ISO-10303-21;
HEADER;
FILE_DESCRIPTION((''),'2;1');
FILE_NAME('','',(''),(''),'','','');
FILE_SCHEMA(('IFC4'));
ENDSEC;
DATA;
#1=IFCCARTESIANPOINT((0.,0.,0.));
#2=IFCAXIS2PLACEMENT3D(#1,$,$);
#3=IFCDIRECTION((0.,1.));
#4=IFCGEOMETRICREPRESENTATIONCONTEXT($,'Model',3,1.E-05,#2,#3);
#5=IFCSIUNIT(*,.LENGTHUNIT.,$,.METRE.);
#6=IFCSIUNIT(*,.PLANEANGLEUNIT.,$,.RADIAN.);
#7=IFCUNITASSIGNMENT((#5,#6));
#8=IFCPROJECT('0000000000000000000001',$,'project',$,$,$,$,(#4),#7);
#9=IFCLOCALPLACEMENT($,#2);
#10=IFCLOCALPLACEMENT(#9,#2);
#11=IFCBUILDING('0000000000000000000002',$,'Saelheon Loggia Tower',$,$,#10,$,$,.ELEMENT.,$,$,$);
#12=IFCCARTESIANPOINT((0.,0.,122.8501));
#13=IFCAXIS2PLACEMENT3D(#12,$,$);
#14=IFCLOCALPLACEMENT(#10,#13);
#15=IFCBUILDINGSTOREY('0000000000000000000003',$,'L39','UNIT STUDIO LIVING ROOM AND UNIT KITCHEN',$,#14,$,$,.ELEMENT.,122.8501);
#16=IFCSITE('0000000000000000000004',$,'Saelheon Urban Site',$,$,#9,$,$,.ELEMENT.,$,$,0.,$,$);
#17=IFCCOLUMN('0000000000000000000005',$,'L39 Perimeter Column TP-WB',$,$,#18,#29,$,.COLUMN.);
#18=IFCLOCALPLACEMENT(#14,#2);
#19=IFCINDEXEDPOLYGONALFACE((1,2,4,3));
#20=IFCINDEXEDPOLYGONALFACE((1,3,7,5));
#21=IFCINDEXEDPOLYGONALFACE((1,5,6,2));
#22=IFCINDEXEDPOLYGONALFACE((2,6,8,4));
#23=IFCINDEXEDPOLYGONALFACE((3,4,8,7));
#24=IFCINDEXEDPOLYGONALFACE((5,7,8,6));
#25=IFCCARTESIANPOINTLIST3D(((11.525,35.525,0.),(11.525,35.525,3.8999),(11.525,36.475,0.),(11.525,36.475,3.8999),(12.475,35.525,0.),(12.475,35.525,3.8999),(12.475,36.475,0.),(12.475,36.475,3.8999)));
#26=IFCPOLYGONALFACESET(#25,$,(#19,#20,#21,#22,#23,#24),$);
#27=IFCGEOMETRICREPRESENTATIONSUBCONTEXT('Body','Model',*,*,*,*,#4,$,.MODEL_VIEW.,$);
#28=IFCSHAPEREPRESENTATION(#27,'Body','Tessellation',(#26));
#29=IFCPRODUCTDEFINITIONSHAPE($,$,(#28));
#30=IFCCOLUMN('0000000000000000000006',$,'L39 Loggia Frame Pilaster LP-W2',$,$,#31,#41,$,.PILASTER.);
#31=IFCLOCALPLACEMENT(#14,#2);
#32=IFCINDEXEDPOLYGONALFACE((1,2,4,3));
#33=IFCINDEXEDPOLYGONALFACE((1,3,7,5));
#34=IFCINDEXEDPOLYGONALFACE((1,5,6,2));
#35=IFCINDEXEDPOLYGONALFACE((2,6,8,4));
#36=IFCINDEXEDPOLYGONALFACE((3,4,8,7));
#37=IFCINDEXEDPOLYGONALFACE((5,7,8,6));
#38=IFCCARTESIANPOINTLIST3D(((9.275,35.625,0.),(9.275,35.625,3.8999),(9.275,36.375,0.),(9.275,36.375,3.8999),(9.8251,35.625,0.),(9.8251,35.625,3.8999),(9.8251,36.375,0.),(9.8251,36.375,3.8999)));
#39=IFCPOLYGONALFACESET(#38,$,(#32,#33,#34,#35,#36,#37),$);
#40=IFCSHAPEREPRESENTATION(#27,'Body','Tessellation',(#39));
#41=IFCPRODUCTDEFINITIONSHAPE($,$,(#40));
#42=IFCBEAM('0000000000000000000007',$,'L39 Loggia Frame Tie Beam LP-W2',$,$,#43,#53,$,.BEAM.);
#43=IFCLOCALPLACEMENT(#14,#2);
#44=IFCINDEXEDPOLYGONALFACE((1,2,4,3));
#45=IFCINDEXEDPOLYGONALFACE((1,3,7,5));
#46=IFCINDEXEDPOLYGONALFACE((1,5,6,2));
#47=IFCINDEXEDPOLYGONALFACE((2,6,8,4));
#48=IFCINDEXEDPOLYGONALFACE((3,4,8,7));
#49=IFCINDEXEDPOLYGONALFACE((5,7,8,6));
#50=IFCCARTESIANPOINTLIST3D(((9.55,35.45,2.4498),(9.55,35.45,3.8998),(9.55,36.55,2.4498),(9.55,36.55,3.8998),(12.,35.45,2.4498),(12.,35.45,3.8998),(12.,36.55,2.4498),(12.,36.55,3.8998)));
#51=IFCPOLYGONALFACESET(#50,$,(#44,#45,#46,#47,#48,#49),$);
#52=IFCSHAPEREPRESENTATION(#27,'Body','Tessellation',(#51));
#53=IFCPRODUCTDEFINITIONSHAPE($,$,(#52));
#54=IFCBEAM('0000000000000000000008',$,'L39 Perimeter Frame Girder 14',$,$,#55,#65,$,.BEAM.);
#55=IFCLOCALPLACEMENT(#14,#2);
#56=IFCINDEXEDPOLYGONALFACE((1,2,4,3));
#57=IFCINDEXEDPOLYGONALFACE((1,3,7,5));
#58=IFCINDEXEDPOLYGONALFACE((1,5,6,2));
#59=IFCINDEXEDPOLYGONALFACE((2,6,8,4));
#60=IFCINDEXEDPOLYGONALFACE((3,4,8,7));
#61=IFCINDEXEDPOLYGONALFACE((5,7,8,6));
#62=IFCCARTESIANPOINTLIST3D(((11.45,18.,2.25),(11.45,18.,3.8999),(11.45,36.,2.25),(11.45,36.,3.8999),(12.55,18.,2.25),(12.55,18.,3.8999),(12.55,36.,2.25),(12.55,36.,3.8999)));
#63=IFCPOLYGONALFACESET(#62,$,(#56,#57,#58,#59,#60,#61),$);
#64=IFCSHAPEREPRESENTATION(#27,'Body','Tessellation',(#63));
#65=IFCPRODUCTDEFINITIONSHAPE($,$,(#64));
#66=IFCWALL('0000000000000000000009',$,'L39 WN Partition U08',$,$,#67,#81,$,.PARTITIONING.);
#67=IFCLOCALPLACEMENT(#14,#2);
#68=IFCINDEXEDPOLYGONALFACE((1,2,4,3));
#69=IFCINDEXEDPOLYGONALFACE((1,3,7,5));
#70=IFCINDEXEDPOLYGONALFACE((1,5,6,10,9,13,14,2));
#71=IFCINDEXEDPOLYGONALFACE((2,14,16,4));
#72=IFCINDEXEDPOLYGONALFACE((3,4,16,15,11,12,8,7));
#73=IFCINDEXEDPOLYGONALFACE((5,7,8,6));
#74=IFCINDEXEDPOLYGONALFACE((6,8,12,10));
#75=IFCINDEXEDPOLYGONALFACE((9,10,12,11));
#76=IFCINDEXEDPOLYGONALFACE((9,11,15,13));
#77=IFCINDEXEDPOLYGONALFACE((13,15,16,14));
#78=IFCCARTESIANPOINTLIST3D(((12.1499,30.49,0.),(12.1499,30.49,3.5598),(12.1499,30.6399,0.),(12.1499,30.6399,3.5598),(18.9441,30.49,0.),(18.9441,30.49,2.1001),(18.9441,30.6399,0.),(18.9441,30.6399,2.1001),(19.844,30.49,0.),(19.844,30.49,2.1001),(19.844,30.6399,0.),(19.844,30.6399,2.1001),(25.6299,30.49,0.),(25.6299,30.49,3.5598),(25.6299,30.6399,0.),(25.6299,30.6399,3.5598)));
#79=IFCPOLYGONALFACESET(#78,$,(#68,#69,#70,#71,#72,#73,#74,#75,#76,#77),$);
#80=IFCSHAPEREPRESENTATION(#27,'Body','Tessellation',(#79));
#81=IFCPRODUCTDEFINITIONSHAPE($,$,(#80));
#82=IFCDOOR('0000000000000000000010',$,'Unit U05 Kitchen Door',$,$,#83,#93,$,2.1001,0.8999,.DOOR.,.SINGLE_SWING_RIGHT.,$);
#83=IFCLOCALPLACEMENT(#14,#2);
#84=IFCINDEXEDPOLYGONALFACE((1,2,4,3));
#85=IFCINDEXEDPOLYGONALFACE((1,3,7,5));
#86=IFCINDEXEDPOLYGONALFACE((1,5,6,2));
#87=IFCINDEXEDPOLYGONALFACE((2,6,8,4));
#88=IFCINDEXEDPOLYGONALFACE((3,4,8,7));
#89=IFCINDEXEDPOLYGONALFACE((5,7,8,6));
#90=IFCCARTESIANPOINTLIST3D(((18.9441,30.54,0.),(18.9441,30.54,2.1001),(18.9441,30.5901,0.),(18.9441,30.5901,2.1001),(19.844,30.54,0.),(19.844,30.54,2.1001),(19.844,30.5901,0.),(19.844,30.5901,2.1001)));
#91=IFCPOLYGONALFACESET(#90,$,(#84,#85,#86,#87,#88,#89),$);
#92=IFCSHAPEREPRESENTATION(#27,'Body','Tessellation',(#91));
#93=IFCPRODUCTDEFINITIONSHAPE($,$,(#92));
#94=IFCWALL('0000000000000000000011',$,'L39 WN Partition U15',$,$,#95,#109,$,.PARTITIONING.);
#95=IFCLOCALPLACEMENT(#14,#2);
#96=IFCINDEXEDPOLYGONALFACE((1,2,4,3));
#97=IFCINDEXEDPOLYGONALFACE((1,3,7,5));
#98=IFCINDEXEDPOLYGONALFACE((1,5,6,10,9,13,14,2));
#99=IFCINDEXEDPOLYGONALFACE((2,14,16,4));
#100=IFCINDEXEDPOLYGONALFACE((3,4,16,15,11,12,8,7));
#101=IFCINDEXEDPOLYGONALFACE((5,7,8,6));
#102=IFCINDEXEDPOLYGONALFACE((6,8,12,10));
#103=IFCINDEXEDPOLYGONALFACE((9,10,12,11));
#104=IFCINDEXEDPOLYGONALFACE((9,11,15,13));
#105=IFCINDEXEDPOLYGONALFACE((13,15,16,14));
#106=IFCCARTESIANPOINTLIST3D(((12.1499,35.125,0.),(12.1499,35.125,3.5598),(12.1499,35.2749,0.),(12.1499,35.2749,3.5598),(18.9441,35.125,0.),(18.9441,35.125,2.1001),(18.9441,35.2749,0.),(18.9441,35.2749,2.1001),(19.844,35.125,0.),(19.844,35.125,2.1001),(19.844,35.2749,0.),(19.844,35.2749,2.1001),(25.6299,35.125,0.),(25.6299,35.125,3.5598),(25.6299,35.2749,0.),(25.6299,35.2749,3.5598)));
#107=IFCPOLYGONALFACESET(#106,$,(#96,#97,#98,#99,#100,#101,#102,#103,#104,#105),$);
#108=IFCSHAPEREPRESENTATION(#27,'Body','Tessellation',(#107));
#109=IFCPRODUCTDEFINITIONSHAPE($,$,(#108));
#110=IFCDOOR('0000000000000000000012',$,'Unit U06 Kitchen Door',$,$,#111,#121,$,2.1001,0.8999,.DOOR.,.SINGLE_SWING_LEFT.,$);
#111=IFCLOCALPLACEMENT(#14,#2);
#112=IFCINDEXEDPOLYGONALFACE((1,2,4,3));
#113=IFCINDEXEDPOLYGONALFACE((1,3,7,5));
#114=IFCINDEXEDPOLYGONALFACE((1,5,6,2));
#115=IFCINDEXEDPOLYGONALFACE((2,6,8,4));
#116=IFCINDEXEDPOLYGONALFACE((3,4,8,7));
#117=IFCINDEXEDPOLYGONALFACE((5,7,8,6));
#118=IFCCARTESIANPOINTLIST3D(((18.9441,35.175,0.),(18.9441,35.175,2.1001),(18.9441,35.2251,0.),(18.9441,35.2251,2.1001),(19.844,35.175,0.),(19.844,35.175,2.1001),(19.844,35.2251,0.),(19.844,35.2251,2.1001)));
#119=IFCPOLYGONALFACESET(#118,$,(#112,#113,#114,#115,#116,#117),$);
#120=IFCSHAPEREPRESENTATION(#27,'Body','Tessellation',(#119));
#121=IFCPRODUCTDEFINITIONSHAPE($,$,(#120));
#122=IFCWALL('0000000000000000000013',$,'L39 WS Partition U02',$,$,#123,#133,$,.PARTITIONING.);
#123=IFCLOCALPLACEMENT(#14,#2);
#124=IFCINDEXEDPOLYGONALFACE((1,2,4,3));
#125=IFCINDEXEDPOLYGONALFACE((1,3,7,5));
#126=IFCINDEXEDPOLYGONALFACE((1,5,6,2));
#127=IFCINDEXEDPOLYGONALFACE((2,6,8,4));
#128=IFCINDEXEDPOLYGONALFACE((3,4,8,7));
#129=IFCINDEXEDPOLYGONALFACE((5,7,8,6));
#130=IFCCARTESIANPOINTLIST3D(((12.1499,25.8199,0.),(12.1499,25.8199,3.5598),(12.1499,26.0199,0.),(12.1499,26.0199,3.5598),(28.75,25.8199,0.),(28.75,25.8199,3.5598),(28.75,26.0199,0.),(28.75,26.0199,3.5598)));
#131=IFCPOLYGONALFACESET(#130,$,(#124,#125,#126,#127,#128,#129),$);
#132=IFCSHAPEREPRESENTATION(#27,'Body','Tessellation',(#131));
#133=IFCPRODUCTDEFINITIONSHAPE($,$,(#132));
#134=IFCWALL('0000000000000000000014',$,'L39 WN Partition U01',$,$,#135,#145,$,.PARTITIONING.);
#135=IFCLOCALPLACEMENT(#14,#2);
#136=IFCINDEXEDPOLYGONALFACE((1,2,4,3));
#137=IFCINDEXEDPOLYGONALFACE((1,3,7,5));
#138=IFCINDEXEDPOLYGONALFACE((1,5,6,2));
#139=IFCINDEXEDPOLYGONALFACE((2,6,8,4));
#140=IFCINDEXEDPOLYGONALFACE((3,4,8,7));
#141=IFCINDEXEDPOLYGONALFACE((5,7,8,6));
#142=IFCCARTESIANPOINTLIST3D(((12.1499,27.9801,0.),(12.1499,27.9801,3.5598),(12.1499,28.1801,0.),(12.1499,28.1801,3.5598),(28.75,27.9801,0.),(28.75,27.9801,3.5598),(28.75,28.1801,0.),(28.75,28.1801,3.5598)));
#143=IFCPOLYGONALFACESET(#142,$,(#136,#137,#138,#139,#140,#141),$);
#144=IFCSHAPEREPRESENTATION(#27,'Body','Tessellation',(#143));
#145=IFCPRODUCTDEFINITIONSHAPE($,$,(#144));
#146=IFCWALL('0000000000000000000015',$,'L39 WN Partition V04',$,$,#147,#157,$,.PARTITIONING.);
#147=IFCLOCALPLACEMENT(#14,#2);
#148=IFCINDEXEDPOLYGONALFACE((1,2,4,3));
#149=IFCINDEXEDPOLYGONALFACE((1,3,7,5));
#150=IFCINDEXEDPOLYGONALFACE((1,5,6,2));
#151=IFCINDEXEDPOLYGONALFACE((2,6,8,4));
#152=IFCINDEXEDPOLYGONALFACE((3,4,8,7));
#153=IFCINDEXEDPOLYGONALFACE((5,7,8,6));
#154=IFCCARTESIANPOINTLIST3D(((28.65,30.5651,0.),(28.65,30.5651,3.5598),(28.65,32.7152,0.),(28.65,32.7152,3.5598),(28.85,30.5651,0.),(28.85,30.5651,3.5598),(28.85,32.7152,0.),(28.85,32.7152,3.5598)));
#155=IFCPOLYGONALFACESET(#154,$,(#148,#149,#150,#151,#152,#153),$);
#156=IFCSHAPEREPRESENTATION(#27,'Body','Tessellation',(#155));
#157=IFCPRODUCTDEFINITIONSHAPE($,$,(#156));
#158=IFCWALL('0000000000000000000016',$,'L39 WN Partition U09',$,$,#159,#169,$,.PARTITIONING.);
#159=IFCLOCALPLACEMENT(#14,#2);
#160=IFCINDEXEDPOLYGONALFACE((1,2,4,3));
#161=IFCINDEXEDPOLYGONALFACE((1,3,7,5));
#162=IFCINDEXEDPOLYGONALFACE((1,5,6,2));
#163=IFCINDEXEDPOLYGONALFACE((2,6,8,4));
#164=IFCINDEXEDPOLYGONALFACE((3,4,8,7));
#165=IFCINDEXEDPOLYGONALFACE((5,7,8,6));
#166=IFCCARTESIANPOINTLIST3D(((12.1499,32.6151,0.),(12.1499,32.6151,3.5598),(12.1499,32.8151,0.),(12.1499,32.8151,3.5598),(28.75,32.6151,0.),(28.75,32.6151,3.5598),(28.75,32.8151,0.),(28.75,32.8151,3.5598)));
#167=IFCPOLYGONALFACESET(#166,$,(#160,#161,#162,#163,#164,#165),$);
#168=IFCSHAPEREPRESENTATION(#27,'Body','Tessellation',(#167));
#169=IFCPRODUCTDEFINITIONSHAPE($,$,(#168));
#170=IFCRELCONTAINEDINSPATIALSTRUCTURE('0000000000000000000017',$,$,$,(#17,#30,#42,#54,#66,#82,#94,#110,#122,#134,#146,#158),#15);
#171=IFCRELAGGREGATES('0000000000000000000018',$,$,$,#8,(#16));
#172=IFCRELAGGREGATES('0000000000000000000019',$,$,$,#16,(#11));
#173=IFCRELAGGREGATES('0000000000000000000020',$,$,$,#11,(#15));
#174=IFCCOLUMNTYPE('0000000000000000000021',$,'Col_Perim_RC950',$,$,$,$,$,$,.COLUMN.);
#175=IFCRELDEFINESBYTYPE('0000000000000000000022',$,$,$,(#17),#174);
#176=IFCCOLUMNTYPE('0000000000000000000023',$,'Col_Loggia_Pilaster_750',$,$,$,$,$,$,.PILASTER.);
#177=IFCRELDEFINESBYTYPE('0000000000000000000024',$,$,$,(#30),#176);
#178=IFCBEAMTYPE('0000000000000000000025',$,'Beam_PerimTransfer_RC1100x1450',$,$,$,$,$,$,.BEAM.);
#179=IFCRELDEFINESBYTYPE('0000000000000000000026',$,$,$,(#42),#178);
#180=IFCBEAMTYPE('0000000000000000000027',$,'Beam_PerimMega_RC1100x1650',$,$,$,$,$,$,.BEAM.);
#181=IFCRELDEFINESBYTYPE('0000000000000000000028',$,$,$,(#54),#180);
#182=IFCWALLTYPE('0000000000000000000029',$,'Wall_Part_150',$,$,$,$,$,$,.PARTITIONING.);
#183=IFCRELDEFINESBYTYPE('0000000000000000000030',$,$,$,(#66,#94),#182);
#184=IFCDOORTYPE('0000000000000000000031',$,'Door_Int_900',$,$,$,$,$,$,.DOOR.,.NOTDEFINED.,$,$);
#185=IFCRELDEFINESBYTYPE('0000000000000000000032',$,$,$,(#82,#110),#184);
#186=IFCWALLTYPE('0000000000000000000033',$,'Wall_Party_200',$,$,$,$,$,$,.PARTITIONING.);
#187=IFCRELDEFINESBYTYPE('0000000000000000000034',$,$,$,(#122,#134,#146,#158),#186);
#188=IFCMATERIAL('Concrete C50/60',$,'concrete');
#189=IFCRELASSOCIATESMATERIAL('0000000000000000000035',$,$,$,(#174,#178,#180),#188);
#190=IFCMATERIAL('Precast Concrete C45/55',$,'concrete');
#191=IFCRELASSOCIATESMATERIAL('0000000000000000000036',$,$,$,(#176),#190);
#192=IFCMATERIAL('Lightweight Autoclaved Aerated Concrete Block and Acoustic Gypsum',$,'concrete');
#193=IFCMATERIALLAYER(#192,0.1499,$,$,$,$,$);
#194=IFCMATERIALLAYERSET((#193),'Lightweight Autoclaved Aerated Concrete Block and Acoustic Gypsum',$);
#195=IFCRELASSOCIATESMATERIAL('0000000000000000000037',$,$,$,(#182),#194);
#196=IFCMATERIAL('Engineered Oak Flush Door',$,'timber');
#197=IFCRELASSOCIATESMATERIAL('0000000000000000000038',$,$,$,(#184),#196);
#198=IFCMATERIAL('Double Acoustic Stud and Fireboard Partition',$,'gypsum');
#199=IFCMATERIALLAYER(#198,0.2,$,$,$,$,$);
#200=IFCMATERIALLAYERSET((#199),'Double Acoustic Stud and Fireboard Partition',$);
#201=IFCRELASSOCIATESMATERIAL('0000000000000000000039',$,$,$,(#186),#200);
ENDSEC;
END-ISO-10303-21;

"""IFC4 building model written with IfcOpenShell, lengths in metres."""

from ifc_helpers import new_model, si_unit, direction, frame, frame_2d, origin, origin_2d, place, context, subcontext, project, spatial, rectangle, extrude, source, transform, mapped, material, layer, layer_set, material_profile, profile_set, type_object, element, fill, save


model = new_model("IFC4")

# Units and contexts
model_context = context("Model", 3, precision=1e-05, world=origin(), true_north=direction((0.0, 1.0)))
body_context = subcontext(model_context, "Body", "Model", "MODEL_VIEW")
ifc_project = project(units=[si_unit("LENGTHUNIT", "METRE"), si_unit("PLANEANGLEUNIT", "RADIAN")], contexts=[model_context])

# Site, building, storey
site_placement = place(None, origin())
site = spatial("IfcSite", under=ifc_project, at=site_placement, Name="Saelheon Urban Site", CompositionType="ELEMENT", RefElevation=0.0)
building_placement = place(site_placement, origin())
building = spatial("IfcBuilding", under=site, at=building_placement, Name="Saelheon Loggia Tower", CompositionType="ELEMENT")
storey_placement = place(building_placement, frame((0.0, 0.0, 122.8501)))
storey = spatial("IfcBuildingStorey", under=building, at=storey_placement, Name="L39", Description="UNIT STUDIO LIVING ROOM AND UNIT KITCHEN", CompositionType="ELEMENT", Elevation=122.8501)

# Columns
ifc_material_1 = material(Name="Concrete C50/60", Category="concrete")
ifc_material_profile_1 = material_profile(ifc_material_1, rectangle(XDim=0.95, YDim=0.95, at=origin_2d()), Name="RC-950x950")
ifc_profile_set_1 = profile_set([ifc_material_profile_1], Name="Concrete C50/60")
column_type_1 = type_object("IfcColumnType", Name="Col_Perim_RC950", PredefinedType="COLUMN", material=ifc_profile_set_1)
shared_shape_1 = source(origin(), body_context, "Body", "SweptSolid", [
    extrude(rectangle(XDim=0.95, YDim=0.95, at=origin_2d()), origin(), (0.0, 0.0, 1.0), 3.8999),
])
column_1_placement = place(storey_placement, frame((12.0, 36.0, 0.0), z_axis=(0.0, 0.0, 1.0), x_axis=(1.0, 0.0, 0.0)))
element("IfcColumn", 1, at=column_1_placement, inside=storey, type_object=column_type_1, Name="L39 Perimeter Column TP-WB", PredefinedType="COLUMN", context=body_context, shape_type="MappedRepresentation", body=[
    mapped(shared_shape_1, transform((0.0, 0.0, 0.0), scale=1.0)),
])
ifc_material_2 = material(Name="Precast Concrete C45/55", Category="concrete")
ifc_material_profile_2 = material_profile(ifc_material_2, rectangle(XDim=0.55, YDim=0.75, at=origin_2d()), Name="RC-550x750")
ifc_profile_set_2 = profile_set([ifc_material_profile_2], Name="Precast Concrete C45/55")
column_type_2 = type_object("IfcColumnType", Name="Col_Loggia_Pilaster_750", PredefinedType="PILASTER", material=ifc_profile_set_2)
shared_shape_2 = source(origin(), body_context, "Body", "SweptSolid", [
    extrude(rectangle(XDim=0.55, YDim=0.75, at=origin_2d()), origin(), (0.0, 0.0, 1.0), 3.8999),
])
column_2_placement = place(storey_placement, frame((9.55, 36.0, 0.0), z_axis=(0.0, 0.0, 1.0), x_axis=(1.0, 0.0, 0.0)))
element("IfcColumn", 2, at=column_2_placement, inside=storey, type_object=column_type_2, Name="L39 Loggia Frame Pilaster LP-W2", PredefinedType="PILASTER", context=body_context, shape_type="MappedRepresentation", body=[
    mapped(shared_shape_2, transform((0.0, 0.0, 0.0), scale=1.0)),
])

# Beams
ifc_material_profile_3 = material_profile(ifc_material_1, rectangle(XDim=1.1001, YDim=1.45, at=origin_2d()), Name="RC-1100x1450")
ifc_profile_set_3 = profile_set([ifc_material_profile_3], Name="Concrete C50/60")
beam_type_1 = type_object("IfcBeamType", Name="Beam_PerimTransfer_RC1100x1450", PredefinedType="BEAM", material=ifc_profile_set_3)
shared_shape_3 = source(origin(), body_context, "Body", "SweptSolid", [
    extrude(rectangle(XDim=1.1001, YDim=1.45, at=origin_2d()), origin(), (0.0, 0.0, 1.0), 2.45),
])
beam_1_placement = place(storey_placement, frame((12.0, 36.0, 3.1748), z_axis=(-1.0, 0.0, 0.0), x_axis=(0.0, -1.0, 0.0)))
element("IfcBeam", 3, at=beam_1_placement, inside=storey, type_object=beam_type_1, Name="L39 Loggia Frame Tie Beam LP-W2", PredefinedType="BEAM", context=body_context, shape_type="MappedRepresentation", body=[
    mapped(shared_shape_3, transform((0.0, 0.0, 0.0), scale=1.0)),
])
ifc_material_profile_4 = material_profile(ifc_material_1, rectangle(XDim=1.1001, YDim=1.6499, at=origin_2d()), Name="RC-1100x1650")
ifc_profile_set_4 = profile_set([ifc_material_profile_4], Name="Concrete C50/60")
beam_type_2 = type_object("IfcBeamType", Name="Beam_PerimMega_RC1100x1650", PredefinedType="BEAM", material=ifc_profile_set_4)
shared_shape_4 = source(origin(), body_context, "Body", "SweptSolid", [
    extrude(rectangle(XDim=1.1001, YDim=1.6499, at=origin_2d()), origin(), (0.0, 0.0, 1.0), 18.0),
])
beam_2_placement = place(storey_placement, frame((12.0, 36.0, 3.075), z_axis=(0.0, -1.0, 0.0), x_axis=(1.0, 0.0, 0.0)))
element("IfcBeam", 4, at=beam_2_placement, inside=storey, type_object=beam_type_2, Name="L39 Perimeter Frame Girder 14", PredefinedType="BEAM", context=body_context, shape_type="MappedRepresentation", body=[
    mapped(shared_shape_4, transform((0.0, 0.0, 0.0), scale=1.0)),
])

# Walls, openings, doors
ifc_material_3 = material(Name="Lightweight Autoclaved Aerated Concrete Block and Acoustic Gypsum", Category="concrete")
ifc_layer_1 = layer(ifc_material_3, 0.1499)
ifc_layer_set_1 = layer_set([ifc_layer_1], Name="Lightweight Autoclaved Aerated Concrete Block and Acoustic Gypsum")
wall_type_1 = type_object("IfcWallType", Name="Wall_Part_150", PredefinedType="PARTITIONING", material=ifc_layer_set_1)
wall_1_placement = place(storey_placement, frame((25.6299, 30.5649, 0.0), z_axis=(0.0, 0.0, 1.0), x_axis=(-1.0, 0.0, 0.0)))
wall_1 = element("IfcWall", 5, at=wall_1_placement, inside=storey, type_object=wall_type_1, Name="L39 WN Partition U08", PredefinedType="PARTITIONING", context=body_context, shape_type="SweptSolid", body=[
    extrude(rectangle(XDim=13.48, YDim=0.1499, at=frame_2d((6.74, 0.0))), origin(), (0.0, 0.0, 1.0), 3.5598),
])
opening_1_placement = place(wall_1_placement, frame((5.7859, 0.0, 0.0)))
opening_1 = element("IfcOpeningElement", 6, at=opening_1_placement, cuts=wall_1, PredefinedType="OPENING", context=body_context, shape_type="SweptSolid", body=[
    extrude(rectangle(XDim=0.8999, YDim=2.1001, at=frame_2d((0.45, 1.05))), frame((0.0, 0.0869, 0.0), z_axis=(0.0, -1.0, 0.0), x_axis=(1.0, 0.0, 0.0)), (0.0, 0.0, 1.0), 0.1738),
])
ifc_material_4 = material(Name="Engineered Oak Flush Door", Category="timber")
door_type_1 = type_object("IfcDoorType", Name="Door_Int_900", OperationType="NOTDEFINED", PredefinedType="DOOR", material=ifc_material_4)
shared_shape_5 = source(origin(), body_context, "Body", "SweptSolid", [
    extrude(rectangle(XDim=0.8999, YDim=2.1001, at=frame_2d((0.45, 1.05))), frame((0.0, 0.0249, 0.0), z_axis=(0.0, -1.0, 0.0), x_axis=(1.0, 0.0, 0.0)), (0.0, 0.0, 1.0), 0.05),
])
door_1_placement = place(opening_1_placement, origin())
door_1 = element("IfcDoor", 7, at=door_1_placement, inside=storey, type_object=door_type_1, Name="Unit U05 Kitchen Door", OperationType="SINGLE_SWING_RIGHT", OverallHeight=2.1001, OverallWidth=0.8999, PredefinedType="DOOR", context=body_context, shape_type="MappedRepresentation", body=[
    mapped(shared_shape_5, transform((0.0, 0.0, 0.0), scale=1.0)),
])
fill(opening_1, door_1)
wall_2_placement = place(storey_placement, frame((25.6299, 35.2, 0.0), z_axis=(0.0, 0.0, 1.0), x_axis=(-1.0, 0.0, 0.0)))
wall_2 = element("IfcWall", 8, at=wall_2_placement, inside=storey, type_object=wall_type_1, Name="L39 WN Partition U15", PredefinedType="PARTITIONING", context=body_context, shape_type="SweptSolid", body=[
    extrude(rectangle(XDim=13.48, YDim=0.1499, at=frame_2d((6.74, 0.0))), origin(), (0.0, 0.0, 1.0), 3.5598),
])
opening_2_placement = place(wall_2_placement, frame((5.7859, 0.0, 0.0)))
opening_2 = element("IfcOpeningElement", 9, at=opening_2_placement, cuts=wall_2, PredefinedType="OPENING", context=body_context, shape_type="SweptSolid", body=[
    extrude(rectangle(XDim=0.8999, YDim=2.1001, at=frame_2d((0.45, 1.05))), frame((0.0, 0.0869, 0.0), z_axis=(0.0, -1.0, 0.0), x_axis=(1.0, 0.0, 0.0)), (0.0, 0.0, 1.0), 0.1738),
])
door_2_placement = place(opening_2_placement, origin())
door_2 = element("IfcDoor", 10, at=door_2_placement, inside=storey, type_object=door_type_1, Name="Unit U06 Kitchen Door", OperationType="SINGLE_SWING_LEFT", OverallHeight=2.1001, OverallWidth=0.8999, PredefinedType="DOOR", context=body_context, shape_type="MappedRepresentation", body=[
    mapped(shared_shape_5, transform((0.0, 0.0, 0.0), scale=1.0)),
])
fill(opening_2, door_2)

# Walls
ifc_material_5 = material(Name="Double Acoustic Stud and Fireboard Partition", Category="gypsum")
ifc_layer_2 = layer(ifc_material_5, 0.2)
ifc_layer_set_2 = layer_set([ifc_layer_2], Name="Double Acoustic Stud and Fireboard Partition")
wall_type_2 = type_object("IfcWallType", Name="Wall_Party_200", PredefinedType="PARTITIONING", material=ifc_layer_set_2)
for number, where, z_axis, x_axis, name in (
    (11, (28.75, 25.9199, 0.0), (0.0, 0.0, 1.0), (-1.0, 0.0, 0.0), "L39 WS Partition U02"),
    (12, (28.75, 28.0801, 0.0), (0.0, 0.0, 1.0), (-1.0, 0.0, 0.0), "L39 WN Partition U01"),
):
    element("IfcWall", number, at=place(storey_placement, frame(where, z_axis=z_axis, x_axis=x_axis)), inside=storey, type_object=wall_type_2, Name=name, PredefinedType="PARTITIONING", context=body_context, shape_type="SweptSolid", body=[
        extrude(rectangle(XDim=16.6001, YDim=0.2, at=frame_2d((8.3, 0.0))), origin(), (0.0, 0.0, 1.0), 3.5598),
    ])

# Walls
wall_3_placement = place(storey_placement, frame((28.75, 30.5649, 0.0), z_axis=(0.0, 0.0, 1.0), x_axis=(0.0, 1.0, 0.0)))
element("IfcWall", 13, at=wall_3_placement, inside=storey, type_object=wall_type_2, Name="L39 WN Partition V04", PredefinedType="PARTITIONING", context=body_context, shape_type="SweptSolid", body=[
    extrude(rectangle(XDim=2.1501, YDim=0.2, at=frame_2d((1.0752, 0.0))), origin(), (0.0, 0.0, 1.0), 3.5598),
])
wall_4_placement = place(storey_placement, frame((28.75, 32.7151, 0.0), z_axis=(0.0, 0.0, 1.0), x_axis=(-1.0, 0.0, 0.0)))
element("IfcWall", 14, at=wall_4_placement, inside=storey, type_object=wall_type_2, Name="L39 WN Partition U09", PredefinedType="PARTITIONING", context=body_context, shape_type="SweptSolid", body=[
    extrude(rectangle(XDim=16.6001, YDim=0.2, at=frame_2d((8.3, 0.0))), origin(), (0.0, 0.0, 1.0), 3.5598),
])

save(model, "model.ifc")
